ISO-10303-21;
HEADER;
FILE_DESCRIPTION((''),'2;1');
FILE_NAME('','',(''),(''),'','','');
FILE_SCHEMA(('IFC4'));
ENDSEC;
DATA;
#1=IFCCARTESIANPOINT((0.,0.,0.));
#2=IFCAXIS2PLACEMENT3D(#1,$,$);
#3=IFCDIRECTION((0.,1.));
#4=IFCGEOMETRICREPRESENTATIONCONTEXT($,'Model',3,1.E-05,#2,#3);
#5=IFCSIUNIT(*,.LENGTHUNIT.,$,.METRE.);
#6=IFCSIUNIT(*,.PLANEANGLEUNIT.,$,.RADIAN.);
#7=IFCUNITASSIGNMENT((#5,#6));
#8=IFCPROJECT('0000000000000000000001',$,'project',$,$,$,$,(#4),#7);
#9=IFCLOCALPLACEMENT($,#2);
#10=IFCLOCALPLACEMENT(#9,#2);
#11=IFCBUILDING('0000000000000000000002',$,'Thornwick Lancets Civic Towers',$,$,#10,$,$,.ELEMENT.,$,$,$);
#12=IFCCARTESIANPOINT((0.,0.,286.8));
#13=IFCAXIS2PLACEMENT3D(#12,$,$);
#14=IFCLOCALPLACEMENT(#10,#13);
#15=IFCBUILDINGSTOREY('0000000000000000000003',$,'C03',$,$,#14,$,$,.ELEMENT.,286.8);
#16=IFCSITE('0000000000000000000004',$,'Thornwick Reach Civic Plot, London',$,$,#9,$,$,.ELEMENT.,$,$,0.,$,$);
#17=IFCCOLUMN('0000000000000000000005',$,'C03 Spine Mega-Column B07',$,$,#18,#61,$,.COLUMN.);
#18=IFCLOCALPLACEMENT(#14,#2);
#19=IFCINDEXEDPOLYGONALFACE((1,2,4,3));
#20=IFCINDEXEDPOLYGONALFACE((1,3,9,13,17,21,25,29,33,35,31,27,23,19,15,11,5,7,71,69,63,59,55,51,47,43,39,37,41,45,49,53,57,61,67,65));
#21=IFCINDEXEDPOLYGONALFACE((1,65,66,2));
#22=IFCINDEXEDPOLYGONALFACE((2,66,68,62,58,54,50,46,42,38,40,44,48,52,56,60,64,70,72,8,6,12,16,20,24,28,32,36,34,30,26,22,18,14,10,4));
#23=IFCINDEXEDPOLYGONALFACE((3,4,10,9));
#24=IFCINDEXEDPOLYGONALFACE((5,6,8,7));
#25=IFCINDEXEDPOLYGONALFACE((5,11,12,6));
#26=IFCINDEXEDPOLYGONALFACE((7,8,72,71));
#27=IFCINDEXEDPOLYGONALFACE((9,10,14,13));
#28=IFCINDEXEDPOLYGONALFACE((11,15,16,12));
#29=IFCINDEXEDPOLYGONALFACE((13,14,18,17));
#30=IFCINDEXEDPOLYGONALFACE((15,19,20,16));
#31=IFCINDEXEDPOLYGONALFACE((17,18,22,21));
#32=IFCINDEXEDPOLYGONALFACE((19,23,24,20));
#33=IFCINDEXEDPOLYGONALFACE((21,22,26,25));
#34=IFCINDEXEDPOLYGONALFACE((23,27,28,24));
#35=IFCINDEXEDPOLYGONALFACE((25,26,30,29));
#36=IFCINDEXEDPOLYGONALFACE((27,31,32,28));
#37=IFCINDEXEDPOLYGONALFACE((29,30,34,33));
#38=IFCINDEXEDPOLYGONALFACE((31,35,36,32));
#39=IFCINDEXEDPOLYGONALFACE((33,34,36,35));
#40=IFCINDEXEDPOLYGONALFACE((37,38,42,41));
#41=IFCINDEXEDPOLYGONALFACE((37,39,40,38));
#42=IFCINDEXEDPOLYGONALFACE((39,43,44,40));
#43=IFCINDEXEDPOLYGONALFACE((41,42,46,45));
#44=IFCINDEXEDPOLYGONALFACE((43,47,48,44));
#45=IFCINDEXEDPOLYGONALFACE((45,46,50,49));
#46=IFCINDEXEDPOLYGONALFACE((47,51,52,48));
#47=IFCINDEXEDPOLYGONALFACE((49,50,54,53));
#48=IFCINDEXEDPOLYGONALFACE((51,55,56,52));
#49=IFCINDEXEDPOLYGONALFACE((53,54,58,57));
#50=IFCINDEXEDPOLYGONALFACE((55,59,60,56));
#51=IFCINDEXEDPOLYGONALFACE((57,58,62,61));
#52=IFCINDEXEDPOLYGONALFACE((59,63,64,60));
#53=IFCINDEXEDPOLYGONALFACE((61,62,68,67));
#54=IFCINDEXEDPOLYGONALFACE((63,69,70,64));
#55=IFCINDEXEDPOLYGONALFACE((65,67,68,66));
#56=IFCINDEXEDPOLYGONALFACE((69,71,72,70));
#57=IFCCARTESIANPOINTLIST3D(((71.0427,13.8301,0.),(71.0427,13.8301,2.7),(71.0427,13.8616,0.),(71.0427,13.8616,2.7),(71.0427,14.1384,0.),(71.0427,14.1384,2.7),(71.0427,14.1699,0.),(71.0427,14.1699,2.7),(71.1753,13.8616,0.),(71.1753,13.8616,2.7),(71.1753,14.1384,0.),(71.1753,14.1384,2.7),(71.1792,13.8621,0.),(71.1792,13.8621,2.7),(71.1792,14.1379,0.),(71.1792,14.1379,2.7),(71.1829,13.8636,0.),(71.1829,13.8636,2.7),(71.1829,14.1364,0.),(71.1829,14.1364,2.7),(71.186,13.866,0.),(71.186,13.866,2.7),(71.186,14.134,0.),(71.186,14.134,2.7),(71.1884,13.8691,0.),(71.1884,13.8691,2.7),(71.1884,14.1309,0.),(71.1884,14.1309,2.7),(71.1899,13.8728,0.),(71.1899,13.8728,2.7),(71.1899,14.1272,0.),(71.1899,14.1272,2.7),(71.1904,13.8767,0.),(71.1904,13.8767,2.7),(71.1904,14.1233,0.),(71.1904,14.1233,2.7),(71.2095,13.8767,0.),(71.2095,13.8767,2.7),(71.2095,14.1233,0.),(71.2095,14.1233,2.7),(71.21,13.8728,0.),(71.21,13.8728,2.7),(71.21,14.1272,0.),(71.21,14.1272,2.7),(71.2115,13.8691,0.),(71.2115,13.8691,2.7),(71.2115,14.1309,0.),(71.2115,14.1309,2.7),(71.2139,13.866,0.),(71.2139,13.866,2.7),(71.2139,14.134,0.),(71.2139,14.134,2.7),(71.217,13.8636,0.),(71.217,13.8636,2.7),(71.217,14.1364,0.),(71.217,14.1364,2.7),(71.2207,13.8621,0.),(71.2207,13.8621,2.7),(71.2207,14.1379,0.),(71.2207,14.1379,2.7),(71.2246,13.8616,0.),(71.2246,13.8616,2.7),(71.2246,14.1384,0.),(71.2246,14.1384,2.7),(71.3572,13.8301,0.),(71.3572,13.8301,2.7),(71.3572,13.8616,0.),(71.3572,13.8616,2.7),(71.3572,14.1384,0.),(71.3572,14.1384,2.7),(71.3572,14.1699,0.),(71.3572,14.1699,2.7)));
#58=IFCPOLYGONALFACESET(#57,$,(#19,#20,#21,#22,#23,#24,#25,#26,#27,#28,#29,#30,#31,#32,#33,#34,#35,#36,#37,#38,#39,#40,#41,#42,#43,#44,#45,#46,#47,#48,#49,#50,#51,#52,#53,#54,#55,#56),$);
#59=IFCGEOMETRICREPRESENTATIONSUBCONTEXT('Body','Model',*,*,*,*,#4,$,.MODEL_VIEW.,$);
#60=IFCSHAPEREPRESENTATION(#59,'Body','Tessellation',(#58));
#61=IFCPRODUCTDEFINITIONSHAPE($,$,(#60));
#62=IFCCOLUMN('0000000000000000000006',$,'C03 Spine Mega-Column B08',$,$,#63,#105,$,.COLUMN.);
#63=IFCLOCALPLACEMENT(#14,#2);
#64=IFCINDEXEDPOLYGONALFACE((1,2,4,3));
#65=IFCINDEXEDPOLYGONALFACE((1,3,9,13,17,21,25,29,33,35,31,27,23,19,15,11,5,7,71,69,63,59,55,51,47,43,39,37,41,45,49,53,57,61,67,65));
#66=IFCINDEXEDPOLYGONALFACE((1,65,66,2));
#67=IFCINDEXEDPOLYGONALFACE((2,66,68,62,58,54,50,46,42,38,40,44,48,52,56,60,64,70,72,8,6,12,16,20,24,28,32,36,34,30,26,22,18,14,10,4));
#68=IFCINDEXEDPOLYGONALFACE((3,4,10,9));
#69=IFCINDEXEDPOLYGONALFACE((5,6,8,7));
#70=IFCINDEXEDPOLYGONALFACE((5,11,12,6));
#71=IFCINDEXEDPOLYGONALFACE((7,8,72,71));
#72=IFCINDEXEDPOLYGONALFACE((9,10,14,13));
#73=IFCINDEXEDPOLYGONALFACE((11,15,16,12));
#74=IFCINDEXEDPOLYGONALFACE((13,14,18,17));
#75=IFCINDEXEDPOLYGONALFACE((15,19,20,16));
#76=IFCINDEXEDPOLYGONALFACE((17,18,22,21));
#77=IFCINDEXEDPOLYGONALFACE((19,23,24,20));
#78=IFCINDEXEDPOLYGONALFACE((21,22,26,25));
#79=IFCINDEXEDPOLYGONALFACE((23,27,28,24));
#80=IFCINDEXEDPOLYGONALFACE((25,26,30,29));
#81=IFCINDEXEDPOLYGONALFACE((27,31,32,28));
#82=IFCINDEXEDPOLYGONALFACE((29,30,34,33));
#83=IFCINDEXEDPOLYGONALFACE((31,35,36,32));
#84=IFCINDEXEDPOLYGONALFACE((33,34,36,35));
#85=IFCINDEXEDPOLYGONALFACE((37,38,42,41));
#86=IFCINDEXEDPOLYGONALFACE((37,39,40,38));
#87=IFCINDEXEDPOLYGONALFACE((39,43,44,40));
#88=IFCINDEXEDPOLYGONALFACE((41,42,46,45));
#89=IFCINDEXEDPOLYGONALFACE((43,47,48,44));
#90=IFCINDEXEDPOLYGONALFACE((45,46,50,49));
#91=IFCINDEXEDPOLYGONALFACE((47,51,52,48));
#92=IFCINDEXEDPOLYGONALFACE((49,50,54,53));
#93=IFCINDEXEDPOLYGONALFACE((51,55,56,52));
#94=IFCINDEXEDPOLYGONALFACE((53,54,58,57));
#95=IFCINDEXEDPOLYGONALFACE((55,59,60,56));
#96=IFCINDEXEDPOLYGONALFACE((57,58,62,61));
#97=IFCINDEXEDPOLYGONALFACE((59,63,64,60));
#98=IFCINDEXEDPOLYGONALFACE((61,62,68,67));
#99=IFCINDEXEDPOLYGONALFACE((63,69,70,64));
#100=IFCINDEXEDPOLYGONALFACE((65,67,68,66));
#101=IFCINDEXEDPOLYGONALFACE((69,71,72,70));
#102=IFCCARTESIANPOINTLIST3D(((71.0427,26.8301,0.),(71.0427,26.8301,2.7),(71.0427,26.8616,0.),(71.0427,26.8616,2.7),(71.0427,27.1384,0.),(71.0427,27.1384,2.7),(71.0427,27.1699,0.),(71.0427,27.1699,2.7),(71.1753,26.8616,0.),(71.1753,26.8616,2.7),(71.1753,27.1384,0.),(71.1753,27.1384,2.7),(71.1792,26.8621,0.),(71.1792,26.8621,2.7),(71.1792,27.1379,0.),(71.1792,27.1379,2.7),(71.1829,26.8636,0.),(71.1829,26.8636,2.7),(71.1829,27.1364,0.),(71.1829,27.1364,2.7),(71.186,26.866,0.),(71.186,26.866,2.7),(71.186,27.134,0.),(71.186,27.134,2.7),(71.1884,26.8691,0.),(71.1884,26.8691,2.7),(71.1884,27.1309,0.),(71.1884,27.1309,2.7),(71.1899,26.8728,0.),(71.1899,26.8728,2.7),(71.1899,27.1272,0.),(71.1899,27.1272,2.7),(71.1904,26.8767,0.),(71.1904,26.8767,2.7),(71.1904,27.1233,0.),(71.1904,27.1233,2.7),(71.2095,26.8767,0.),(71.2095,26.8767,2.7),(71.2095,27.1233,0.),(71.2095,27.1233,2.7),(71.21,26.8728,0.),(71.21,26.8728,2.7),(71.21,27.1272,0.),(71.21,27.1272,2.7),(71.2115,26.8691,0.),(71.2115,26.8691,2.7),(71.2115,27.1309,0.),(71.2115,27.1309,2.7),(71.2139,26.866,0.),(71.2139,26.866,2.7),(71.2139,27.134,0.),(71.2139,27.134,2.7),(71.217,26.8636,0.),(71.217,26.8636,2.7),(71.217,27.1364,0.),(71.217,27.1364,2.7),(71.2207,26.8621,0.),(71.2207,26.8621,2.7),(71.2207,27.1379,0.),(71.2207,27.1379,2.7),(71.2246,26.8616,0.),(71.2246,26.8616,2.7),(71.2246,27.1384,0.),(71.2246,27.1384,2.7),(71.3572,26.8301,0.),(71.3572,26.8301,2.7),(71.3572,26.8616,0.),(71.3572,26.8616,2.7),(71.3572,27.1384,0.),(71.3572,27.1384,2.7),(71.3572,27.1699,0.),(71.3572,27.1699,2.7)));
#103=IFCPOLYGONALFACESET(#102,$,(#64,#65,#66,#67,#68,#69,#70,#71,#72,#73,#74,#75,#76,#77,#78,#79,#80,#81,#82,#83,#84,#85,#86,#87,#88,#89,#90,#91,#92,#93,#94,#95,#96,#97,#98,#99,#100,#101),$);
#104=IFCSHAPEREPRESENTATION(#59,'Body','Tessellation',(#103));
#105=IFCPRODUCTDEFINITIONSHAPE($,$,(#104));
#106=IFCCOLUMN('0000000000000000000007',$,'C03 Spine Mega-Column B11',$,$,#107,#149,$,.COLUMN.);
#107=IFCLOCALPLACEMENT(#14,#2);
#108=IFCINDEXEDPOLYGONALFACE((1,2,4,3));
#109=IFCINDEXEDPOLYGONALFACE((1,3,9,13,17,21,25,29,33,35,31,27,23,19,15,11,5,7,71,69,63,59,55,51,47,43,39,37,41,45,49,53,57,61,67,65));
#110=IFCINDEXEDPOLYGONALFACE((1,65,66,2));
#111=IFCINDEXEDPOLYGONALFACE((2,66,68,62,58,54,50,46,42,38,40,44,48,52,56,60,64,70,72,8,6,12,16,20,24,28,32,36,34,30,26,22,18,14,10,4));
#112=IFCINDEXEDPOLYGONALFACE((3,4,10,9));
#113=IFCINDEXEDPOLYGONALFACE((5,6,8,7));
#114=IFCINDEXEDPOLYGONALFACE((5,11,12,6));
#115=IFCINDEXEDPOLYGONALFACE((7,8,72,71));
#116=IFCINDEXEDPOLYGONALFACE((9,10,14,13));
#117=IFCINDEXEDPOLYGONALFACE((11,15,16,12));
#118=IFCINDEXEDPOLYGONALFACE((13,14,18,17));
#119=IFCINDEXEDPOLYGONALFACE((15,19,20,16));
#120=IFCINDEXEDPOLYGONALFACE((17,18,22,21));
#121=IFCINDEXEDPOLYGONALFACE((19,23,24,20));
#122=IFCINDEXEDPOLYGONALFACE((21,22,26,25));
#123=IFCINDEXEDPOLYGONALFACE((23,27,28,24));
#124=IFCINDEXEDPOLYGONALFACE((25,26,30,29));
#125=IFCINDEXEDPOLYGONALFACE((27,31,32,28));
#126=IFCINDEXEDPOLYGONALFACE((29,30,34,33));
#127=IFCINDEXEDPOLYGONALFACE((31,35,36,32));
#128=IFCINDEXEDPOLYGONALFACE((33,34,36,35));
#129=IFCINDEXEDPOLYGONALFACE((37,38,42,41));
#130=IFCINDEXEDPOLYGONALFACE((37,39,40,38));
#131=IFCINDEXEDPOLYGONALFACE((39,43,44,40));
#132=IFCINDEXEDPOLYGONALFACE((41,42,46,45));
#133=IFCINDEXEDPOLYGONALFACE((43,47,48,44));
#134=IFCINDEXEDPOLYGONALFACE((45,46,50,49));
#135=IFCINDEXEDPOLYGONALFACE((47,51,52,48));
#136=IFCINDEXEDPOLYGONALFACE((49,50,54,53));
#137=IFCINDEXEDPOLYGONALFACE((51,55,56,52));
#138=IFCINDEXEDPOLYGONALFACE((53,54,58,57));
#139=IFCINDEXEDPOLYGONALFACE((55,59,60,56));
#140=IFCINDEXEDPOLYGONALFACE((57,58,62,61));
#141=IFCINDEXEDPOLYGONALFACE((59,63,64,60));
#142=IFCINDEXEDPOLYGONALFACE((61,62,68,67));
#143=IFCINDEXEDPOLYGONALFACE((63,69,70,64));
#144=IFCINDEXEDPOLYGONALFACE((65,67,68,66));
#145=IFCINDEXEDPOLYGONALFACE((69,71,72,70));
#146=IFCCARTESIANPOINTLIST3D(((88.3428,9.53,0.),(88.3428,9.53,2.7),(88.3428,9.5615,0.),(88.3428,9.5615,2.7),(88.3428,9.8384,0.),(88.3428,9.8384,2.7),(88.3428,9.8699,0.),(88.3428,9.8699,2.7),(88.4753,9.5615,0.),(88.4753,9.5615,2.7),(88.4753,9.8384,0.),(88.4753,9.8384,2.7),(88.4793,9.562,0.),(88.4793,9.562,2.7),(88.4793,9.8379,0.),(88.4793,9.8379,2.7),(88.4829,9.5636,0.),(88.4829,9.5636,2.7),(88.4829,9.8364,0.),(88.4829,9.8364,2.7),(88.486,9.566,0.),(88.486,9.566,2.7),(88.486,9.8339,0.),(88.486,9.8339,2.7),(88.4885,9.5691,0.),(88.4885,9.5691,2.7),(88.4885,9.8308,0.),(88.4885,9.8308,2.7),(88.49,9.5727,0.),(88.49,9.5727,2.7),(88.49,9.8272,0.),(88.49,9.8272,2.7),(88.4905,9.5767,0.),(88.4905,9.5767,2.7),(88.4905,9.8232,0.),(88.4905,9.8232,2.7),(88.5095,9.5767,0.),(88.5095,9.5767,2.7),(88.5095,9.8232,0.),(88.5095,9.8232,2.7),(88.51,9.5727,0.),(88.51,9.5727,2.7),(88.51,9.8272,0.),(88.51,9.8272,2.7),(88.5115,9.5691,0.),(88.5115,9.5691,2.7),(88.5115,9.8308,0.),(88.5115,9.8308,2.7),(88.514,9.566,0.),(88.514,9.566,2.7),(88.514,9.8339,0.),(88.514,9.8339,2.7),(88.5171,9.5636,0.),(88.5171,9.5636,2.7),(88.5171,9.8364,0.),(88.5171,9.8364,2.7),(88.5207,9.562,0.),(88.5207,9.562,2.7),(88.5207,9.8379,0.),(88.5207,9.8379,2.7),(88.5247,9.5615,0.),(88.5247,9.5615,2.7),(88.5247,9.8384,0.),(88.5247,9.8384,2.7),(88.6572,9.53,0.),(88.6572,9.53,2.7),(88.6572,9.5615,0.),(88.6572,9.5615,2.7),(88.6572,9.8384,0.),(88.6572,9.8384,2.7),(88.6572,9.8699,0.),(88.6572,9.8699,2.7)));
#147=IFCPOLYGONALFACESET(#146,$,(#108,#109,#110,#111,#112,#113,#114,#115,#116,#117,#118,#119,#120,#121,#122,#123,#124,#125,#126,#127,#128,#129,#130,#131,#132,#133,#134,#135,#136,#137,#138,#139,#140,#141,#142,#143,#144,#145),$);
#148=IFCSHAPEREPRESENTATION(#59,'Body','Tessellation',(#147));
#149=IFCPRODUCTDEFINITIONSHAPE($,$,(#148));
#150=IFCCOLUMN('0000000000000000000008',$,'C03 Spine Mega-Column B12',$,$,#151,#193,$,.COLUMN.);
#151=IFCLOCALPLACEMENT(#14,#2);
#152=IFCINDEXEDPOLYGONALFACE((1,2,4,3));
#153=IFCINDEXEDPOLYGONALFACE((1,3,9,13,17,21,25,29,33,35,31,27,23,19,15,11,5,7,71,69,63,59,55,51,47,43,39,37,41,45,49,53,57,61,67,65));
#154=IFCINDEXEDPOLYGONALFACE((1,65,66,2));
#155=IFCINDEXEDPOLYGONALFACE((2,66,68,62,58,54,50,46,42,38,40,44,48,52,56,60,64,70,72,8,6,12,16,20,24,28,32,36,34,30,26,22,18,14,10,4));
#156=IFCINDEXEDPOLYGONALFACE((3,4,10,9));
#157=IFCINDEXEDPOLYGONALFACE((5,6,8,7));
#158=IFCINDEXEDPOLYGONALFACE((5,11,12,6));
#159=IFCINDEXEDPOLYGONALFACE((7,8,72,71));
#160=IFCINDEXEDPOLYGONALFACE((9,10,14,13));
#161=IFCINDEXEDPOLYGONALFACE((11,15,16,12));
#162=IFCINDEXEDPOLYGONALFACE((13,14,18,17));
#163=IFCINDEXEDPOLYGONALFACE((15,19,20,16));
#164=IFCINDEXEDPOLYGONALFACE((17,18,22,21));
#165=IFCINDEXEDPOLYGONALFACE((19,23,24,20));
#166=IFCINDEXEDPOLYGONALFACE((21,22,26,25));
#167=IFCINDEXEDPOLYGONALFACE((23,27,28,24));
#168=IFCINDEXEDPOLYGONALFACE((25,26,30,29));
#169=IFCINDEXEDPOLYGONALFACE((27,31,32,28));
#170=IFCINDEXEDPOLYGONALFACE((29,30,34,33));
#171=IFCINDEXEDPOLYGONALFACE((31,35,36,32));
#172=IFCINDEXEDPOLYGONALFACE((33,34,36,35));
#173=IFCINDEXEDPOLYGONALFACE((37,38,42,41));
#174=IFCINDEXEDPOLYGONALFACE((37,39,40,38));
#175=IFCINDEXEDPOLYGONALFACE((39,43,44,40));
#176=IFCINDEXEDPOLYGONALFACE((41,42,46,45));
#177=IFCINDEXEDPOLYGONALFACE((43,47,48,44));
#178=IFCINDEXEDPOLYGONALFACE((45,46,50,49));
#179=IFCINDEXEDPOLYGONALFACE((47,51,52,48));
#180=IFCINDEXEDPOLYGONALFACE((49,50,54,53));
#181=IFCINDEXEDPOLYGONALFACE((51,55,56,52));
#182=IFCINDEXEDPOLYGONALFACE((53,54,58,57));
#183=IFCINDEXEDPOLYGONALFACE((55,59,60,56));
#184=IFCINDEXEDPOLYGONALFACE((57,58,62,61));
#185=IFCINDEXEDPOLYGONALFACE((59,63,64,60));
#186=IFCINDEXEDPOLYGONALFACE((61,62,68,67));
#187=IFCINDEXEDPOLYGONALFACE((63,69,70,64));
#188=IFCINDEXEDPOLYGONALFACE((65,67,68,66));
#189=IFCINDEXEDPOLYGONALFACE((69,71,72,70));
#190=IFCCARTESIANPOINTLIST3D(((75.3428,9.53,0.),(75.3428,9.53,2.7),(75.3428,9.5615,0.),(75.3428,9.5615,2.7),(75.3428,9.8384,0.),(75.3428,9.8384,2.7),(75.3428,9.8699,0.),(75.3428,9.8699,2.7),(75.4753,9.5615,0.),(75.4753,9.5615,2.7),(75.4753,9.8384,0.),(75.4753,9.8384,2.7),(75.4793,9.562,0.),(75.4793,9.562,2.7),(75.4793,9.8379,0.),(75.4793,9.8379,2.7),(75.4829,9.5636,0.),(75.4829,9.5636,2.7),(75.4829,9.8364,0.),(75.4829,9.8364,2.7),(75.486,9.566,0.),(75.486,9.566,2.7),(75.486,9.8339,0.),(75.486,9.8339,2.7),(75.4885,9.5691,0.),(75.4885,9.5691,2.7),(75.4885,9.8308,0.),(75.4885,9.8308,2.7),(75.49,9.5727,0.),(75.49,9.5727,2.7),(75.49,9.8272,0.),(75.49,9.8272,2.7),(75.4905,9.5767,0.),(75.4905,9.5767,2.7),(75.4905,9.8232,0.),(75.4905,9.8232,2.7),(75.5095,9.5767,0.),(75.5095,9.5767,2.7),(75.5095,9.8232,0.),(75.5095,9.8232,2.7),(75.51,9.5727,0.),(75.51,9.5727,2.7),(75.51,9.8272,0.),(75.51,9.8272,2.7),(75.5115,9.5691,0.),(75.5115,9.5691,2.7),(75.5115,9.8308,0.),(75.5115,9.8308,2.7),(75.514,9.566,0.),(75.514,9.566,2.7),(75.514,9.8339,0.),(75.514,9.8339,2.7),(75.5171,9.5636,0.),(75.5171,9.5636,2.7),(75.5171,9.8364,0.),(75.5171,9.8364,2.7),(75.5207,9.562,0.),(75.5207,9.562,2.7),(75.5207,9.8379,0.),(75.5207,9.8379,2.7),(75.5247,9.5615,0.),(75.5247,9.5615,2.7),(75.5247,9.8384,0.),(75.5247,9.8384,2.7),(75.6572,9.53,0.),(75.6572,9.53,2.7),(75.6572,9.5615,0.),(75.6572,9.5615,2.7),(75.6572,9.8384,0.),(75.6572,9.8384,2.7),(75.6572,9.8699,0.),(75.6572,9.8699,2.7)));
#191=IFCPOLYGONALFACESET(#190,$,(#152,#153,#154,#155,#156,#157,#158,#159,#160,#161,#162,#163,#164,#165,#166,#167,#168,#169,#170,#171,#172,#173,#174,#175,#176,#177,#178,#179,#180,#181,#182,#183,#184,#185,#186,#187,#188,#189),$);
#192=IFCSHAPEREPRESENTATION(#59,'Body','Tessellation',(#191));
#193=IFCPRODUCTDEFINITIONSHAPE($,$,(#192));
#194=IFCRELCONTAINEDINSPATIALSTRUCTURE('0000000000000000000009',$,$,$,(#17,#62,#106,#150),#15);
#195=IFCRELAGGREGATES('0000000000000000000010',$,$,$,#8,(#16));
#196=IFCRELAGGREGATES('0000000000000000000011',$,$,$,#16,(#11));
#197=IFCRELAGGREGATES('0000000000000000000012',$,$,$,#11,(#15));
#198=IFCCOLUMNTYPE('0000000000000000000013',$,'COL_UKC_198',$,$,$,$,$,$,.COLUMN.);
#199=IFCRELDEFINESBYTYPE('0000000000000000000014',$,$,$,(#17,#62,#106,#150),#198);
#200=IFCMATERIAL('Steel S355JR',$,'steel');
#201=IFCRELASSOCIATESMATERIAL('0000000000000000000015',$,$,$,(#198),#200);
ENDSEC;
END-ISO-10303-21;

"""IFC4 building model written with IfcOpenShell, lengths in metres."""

from ifc_helpers import new_model, si_unit, direction, frame, origin, origin_2d, place, context, subcontext, project, spatial, i_section, extrude, material, material_profile, profile_set, type_object, element, save


model = new_model("IFC4")

# Units and contexts
model_context = context("Model", 3, precision=1e-05, world=origin(), true_north=direction((0.0, 1.0)))
body_context = subcontext(model_context, "Body", "Model", "MODEL_VIEW")
ifc_project = project(units=[si_unit("LENGTHUNIT", "METRE"), si_unit("PLANEANGLEUNIT", "RADIAN")], contexts=[model_context])

# Site, building, storey
site_placement = place(None, origin())
site = spatial("IfcSite", under=ifc_project, at=site_placement, Name="Thornwick Reach Civic Plot, London", CompositionType="ELEMENT", RefElevation=0.0)
building_placement = place(site_placement, origin())
building = spatial("IfcBuilding", under=site, at=building_placement, Name="Thornwick Lancets Civic Towers", CompositionType="ELEMENT")
storey_placement = place(building_placement, frame((0.0, 0.0, 286.8)))
storey = spatial("IfcBuildingStorey", under=building, at=storey_placement, Name="C03", CompositionType="ELEMENT", Elevation=286.8)

# Columns
ifc_material_1 = material(Name="Steel S355JR", Category="steel")
ifc_material_profile_1 = material_profile(ifc_material_1, i_section(OverallWidth=0.3145, OverallDepth=0.3398, WebThickness=0.019, FlangeThickness=0.0315, FilletRadius=0.0151, at=origin_2d()), Name="UKC 305x305x198")
ifc_profile_set_1 = profile_set([ifc_material_profile_1], Name="Steel S355JR")
column_type = type_object("IfcColumnType", Name="COL_UKC_198", PredefinedType="COLUMN", material=ifc_profile_set_1)
for number, where, z_axis, x_axis, name in (
    (1, (71.2, 14.0, 0.0), (0.0, 0.0, 1.0), (1.0, 0.0, 0.0), "C03 Spine Mega-Column B07"),
    (2, (71.2, 27.0, 0.0), (0.0, 0.0, 1.0), (1.0, 0.0, 0.0), "C03 Spine Mega-Column B08"),
    (3, (88.5, 9.7, 0.0), (0.0, 0.0, 1.0), (1.0, 0.0, 0.0), "C03 Spine Mega-Column B11"),
    (4, (75.5, 9.7, 0.0), (0.0, 0.0, 1.0), (1.0, 0.0, 0.0), "C03 Spine Mega-Column B12"),
):
    element("IfcColumn", number, at=place(storey_placement, frame(where, z_axis=z_axis, x_axis=x_axis)), inside=storey, type_object=column_type, Name=name, PredefinedType="COLUMN", context=body_context, shape_type="SweptSolid", body=[
        extrude(i_section(OverallWidth=0.3145, OverallDepth=0.3398, WebThickness=0.019, FlangeThickness=0.0315, FilletRadius=0.0151, at=origin_2d()), origin(), (0.0, 0.0, 1.0), 2.7),
    ])

save(model, "model.ifc")
